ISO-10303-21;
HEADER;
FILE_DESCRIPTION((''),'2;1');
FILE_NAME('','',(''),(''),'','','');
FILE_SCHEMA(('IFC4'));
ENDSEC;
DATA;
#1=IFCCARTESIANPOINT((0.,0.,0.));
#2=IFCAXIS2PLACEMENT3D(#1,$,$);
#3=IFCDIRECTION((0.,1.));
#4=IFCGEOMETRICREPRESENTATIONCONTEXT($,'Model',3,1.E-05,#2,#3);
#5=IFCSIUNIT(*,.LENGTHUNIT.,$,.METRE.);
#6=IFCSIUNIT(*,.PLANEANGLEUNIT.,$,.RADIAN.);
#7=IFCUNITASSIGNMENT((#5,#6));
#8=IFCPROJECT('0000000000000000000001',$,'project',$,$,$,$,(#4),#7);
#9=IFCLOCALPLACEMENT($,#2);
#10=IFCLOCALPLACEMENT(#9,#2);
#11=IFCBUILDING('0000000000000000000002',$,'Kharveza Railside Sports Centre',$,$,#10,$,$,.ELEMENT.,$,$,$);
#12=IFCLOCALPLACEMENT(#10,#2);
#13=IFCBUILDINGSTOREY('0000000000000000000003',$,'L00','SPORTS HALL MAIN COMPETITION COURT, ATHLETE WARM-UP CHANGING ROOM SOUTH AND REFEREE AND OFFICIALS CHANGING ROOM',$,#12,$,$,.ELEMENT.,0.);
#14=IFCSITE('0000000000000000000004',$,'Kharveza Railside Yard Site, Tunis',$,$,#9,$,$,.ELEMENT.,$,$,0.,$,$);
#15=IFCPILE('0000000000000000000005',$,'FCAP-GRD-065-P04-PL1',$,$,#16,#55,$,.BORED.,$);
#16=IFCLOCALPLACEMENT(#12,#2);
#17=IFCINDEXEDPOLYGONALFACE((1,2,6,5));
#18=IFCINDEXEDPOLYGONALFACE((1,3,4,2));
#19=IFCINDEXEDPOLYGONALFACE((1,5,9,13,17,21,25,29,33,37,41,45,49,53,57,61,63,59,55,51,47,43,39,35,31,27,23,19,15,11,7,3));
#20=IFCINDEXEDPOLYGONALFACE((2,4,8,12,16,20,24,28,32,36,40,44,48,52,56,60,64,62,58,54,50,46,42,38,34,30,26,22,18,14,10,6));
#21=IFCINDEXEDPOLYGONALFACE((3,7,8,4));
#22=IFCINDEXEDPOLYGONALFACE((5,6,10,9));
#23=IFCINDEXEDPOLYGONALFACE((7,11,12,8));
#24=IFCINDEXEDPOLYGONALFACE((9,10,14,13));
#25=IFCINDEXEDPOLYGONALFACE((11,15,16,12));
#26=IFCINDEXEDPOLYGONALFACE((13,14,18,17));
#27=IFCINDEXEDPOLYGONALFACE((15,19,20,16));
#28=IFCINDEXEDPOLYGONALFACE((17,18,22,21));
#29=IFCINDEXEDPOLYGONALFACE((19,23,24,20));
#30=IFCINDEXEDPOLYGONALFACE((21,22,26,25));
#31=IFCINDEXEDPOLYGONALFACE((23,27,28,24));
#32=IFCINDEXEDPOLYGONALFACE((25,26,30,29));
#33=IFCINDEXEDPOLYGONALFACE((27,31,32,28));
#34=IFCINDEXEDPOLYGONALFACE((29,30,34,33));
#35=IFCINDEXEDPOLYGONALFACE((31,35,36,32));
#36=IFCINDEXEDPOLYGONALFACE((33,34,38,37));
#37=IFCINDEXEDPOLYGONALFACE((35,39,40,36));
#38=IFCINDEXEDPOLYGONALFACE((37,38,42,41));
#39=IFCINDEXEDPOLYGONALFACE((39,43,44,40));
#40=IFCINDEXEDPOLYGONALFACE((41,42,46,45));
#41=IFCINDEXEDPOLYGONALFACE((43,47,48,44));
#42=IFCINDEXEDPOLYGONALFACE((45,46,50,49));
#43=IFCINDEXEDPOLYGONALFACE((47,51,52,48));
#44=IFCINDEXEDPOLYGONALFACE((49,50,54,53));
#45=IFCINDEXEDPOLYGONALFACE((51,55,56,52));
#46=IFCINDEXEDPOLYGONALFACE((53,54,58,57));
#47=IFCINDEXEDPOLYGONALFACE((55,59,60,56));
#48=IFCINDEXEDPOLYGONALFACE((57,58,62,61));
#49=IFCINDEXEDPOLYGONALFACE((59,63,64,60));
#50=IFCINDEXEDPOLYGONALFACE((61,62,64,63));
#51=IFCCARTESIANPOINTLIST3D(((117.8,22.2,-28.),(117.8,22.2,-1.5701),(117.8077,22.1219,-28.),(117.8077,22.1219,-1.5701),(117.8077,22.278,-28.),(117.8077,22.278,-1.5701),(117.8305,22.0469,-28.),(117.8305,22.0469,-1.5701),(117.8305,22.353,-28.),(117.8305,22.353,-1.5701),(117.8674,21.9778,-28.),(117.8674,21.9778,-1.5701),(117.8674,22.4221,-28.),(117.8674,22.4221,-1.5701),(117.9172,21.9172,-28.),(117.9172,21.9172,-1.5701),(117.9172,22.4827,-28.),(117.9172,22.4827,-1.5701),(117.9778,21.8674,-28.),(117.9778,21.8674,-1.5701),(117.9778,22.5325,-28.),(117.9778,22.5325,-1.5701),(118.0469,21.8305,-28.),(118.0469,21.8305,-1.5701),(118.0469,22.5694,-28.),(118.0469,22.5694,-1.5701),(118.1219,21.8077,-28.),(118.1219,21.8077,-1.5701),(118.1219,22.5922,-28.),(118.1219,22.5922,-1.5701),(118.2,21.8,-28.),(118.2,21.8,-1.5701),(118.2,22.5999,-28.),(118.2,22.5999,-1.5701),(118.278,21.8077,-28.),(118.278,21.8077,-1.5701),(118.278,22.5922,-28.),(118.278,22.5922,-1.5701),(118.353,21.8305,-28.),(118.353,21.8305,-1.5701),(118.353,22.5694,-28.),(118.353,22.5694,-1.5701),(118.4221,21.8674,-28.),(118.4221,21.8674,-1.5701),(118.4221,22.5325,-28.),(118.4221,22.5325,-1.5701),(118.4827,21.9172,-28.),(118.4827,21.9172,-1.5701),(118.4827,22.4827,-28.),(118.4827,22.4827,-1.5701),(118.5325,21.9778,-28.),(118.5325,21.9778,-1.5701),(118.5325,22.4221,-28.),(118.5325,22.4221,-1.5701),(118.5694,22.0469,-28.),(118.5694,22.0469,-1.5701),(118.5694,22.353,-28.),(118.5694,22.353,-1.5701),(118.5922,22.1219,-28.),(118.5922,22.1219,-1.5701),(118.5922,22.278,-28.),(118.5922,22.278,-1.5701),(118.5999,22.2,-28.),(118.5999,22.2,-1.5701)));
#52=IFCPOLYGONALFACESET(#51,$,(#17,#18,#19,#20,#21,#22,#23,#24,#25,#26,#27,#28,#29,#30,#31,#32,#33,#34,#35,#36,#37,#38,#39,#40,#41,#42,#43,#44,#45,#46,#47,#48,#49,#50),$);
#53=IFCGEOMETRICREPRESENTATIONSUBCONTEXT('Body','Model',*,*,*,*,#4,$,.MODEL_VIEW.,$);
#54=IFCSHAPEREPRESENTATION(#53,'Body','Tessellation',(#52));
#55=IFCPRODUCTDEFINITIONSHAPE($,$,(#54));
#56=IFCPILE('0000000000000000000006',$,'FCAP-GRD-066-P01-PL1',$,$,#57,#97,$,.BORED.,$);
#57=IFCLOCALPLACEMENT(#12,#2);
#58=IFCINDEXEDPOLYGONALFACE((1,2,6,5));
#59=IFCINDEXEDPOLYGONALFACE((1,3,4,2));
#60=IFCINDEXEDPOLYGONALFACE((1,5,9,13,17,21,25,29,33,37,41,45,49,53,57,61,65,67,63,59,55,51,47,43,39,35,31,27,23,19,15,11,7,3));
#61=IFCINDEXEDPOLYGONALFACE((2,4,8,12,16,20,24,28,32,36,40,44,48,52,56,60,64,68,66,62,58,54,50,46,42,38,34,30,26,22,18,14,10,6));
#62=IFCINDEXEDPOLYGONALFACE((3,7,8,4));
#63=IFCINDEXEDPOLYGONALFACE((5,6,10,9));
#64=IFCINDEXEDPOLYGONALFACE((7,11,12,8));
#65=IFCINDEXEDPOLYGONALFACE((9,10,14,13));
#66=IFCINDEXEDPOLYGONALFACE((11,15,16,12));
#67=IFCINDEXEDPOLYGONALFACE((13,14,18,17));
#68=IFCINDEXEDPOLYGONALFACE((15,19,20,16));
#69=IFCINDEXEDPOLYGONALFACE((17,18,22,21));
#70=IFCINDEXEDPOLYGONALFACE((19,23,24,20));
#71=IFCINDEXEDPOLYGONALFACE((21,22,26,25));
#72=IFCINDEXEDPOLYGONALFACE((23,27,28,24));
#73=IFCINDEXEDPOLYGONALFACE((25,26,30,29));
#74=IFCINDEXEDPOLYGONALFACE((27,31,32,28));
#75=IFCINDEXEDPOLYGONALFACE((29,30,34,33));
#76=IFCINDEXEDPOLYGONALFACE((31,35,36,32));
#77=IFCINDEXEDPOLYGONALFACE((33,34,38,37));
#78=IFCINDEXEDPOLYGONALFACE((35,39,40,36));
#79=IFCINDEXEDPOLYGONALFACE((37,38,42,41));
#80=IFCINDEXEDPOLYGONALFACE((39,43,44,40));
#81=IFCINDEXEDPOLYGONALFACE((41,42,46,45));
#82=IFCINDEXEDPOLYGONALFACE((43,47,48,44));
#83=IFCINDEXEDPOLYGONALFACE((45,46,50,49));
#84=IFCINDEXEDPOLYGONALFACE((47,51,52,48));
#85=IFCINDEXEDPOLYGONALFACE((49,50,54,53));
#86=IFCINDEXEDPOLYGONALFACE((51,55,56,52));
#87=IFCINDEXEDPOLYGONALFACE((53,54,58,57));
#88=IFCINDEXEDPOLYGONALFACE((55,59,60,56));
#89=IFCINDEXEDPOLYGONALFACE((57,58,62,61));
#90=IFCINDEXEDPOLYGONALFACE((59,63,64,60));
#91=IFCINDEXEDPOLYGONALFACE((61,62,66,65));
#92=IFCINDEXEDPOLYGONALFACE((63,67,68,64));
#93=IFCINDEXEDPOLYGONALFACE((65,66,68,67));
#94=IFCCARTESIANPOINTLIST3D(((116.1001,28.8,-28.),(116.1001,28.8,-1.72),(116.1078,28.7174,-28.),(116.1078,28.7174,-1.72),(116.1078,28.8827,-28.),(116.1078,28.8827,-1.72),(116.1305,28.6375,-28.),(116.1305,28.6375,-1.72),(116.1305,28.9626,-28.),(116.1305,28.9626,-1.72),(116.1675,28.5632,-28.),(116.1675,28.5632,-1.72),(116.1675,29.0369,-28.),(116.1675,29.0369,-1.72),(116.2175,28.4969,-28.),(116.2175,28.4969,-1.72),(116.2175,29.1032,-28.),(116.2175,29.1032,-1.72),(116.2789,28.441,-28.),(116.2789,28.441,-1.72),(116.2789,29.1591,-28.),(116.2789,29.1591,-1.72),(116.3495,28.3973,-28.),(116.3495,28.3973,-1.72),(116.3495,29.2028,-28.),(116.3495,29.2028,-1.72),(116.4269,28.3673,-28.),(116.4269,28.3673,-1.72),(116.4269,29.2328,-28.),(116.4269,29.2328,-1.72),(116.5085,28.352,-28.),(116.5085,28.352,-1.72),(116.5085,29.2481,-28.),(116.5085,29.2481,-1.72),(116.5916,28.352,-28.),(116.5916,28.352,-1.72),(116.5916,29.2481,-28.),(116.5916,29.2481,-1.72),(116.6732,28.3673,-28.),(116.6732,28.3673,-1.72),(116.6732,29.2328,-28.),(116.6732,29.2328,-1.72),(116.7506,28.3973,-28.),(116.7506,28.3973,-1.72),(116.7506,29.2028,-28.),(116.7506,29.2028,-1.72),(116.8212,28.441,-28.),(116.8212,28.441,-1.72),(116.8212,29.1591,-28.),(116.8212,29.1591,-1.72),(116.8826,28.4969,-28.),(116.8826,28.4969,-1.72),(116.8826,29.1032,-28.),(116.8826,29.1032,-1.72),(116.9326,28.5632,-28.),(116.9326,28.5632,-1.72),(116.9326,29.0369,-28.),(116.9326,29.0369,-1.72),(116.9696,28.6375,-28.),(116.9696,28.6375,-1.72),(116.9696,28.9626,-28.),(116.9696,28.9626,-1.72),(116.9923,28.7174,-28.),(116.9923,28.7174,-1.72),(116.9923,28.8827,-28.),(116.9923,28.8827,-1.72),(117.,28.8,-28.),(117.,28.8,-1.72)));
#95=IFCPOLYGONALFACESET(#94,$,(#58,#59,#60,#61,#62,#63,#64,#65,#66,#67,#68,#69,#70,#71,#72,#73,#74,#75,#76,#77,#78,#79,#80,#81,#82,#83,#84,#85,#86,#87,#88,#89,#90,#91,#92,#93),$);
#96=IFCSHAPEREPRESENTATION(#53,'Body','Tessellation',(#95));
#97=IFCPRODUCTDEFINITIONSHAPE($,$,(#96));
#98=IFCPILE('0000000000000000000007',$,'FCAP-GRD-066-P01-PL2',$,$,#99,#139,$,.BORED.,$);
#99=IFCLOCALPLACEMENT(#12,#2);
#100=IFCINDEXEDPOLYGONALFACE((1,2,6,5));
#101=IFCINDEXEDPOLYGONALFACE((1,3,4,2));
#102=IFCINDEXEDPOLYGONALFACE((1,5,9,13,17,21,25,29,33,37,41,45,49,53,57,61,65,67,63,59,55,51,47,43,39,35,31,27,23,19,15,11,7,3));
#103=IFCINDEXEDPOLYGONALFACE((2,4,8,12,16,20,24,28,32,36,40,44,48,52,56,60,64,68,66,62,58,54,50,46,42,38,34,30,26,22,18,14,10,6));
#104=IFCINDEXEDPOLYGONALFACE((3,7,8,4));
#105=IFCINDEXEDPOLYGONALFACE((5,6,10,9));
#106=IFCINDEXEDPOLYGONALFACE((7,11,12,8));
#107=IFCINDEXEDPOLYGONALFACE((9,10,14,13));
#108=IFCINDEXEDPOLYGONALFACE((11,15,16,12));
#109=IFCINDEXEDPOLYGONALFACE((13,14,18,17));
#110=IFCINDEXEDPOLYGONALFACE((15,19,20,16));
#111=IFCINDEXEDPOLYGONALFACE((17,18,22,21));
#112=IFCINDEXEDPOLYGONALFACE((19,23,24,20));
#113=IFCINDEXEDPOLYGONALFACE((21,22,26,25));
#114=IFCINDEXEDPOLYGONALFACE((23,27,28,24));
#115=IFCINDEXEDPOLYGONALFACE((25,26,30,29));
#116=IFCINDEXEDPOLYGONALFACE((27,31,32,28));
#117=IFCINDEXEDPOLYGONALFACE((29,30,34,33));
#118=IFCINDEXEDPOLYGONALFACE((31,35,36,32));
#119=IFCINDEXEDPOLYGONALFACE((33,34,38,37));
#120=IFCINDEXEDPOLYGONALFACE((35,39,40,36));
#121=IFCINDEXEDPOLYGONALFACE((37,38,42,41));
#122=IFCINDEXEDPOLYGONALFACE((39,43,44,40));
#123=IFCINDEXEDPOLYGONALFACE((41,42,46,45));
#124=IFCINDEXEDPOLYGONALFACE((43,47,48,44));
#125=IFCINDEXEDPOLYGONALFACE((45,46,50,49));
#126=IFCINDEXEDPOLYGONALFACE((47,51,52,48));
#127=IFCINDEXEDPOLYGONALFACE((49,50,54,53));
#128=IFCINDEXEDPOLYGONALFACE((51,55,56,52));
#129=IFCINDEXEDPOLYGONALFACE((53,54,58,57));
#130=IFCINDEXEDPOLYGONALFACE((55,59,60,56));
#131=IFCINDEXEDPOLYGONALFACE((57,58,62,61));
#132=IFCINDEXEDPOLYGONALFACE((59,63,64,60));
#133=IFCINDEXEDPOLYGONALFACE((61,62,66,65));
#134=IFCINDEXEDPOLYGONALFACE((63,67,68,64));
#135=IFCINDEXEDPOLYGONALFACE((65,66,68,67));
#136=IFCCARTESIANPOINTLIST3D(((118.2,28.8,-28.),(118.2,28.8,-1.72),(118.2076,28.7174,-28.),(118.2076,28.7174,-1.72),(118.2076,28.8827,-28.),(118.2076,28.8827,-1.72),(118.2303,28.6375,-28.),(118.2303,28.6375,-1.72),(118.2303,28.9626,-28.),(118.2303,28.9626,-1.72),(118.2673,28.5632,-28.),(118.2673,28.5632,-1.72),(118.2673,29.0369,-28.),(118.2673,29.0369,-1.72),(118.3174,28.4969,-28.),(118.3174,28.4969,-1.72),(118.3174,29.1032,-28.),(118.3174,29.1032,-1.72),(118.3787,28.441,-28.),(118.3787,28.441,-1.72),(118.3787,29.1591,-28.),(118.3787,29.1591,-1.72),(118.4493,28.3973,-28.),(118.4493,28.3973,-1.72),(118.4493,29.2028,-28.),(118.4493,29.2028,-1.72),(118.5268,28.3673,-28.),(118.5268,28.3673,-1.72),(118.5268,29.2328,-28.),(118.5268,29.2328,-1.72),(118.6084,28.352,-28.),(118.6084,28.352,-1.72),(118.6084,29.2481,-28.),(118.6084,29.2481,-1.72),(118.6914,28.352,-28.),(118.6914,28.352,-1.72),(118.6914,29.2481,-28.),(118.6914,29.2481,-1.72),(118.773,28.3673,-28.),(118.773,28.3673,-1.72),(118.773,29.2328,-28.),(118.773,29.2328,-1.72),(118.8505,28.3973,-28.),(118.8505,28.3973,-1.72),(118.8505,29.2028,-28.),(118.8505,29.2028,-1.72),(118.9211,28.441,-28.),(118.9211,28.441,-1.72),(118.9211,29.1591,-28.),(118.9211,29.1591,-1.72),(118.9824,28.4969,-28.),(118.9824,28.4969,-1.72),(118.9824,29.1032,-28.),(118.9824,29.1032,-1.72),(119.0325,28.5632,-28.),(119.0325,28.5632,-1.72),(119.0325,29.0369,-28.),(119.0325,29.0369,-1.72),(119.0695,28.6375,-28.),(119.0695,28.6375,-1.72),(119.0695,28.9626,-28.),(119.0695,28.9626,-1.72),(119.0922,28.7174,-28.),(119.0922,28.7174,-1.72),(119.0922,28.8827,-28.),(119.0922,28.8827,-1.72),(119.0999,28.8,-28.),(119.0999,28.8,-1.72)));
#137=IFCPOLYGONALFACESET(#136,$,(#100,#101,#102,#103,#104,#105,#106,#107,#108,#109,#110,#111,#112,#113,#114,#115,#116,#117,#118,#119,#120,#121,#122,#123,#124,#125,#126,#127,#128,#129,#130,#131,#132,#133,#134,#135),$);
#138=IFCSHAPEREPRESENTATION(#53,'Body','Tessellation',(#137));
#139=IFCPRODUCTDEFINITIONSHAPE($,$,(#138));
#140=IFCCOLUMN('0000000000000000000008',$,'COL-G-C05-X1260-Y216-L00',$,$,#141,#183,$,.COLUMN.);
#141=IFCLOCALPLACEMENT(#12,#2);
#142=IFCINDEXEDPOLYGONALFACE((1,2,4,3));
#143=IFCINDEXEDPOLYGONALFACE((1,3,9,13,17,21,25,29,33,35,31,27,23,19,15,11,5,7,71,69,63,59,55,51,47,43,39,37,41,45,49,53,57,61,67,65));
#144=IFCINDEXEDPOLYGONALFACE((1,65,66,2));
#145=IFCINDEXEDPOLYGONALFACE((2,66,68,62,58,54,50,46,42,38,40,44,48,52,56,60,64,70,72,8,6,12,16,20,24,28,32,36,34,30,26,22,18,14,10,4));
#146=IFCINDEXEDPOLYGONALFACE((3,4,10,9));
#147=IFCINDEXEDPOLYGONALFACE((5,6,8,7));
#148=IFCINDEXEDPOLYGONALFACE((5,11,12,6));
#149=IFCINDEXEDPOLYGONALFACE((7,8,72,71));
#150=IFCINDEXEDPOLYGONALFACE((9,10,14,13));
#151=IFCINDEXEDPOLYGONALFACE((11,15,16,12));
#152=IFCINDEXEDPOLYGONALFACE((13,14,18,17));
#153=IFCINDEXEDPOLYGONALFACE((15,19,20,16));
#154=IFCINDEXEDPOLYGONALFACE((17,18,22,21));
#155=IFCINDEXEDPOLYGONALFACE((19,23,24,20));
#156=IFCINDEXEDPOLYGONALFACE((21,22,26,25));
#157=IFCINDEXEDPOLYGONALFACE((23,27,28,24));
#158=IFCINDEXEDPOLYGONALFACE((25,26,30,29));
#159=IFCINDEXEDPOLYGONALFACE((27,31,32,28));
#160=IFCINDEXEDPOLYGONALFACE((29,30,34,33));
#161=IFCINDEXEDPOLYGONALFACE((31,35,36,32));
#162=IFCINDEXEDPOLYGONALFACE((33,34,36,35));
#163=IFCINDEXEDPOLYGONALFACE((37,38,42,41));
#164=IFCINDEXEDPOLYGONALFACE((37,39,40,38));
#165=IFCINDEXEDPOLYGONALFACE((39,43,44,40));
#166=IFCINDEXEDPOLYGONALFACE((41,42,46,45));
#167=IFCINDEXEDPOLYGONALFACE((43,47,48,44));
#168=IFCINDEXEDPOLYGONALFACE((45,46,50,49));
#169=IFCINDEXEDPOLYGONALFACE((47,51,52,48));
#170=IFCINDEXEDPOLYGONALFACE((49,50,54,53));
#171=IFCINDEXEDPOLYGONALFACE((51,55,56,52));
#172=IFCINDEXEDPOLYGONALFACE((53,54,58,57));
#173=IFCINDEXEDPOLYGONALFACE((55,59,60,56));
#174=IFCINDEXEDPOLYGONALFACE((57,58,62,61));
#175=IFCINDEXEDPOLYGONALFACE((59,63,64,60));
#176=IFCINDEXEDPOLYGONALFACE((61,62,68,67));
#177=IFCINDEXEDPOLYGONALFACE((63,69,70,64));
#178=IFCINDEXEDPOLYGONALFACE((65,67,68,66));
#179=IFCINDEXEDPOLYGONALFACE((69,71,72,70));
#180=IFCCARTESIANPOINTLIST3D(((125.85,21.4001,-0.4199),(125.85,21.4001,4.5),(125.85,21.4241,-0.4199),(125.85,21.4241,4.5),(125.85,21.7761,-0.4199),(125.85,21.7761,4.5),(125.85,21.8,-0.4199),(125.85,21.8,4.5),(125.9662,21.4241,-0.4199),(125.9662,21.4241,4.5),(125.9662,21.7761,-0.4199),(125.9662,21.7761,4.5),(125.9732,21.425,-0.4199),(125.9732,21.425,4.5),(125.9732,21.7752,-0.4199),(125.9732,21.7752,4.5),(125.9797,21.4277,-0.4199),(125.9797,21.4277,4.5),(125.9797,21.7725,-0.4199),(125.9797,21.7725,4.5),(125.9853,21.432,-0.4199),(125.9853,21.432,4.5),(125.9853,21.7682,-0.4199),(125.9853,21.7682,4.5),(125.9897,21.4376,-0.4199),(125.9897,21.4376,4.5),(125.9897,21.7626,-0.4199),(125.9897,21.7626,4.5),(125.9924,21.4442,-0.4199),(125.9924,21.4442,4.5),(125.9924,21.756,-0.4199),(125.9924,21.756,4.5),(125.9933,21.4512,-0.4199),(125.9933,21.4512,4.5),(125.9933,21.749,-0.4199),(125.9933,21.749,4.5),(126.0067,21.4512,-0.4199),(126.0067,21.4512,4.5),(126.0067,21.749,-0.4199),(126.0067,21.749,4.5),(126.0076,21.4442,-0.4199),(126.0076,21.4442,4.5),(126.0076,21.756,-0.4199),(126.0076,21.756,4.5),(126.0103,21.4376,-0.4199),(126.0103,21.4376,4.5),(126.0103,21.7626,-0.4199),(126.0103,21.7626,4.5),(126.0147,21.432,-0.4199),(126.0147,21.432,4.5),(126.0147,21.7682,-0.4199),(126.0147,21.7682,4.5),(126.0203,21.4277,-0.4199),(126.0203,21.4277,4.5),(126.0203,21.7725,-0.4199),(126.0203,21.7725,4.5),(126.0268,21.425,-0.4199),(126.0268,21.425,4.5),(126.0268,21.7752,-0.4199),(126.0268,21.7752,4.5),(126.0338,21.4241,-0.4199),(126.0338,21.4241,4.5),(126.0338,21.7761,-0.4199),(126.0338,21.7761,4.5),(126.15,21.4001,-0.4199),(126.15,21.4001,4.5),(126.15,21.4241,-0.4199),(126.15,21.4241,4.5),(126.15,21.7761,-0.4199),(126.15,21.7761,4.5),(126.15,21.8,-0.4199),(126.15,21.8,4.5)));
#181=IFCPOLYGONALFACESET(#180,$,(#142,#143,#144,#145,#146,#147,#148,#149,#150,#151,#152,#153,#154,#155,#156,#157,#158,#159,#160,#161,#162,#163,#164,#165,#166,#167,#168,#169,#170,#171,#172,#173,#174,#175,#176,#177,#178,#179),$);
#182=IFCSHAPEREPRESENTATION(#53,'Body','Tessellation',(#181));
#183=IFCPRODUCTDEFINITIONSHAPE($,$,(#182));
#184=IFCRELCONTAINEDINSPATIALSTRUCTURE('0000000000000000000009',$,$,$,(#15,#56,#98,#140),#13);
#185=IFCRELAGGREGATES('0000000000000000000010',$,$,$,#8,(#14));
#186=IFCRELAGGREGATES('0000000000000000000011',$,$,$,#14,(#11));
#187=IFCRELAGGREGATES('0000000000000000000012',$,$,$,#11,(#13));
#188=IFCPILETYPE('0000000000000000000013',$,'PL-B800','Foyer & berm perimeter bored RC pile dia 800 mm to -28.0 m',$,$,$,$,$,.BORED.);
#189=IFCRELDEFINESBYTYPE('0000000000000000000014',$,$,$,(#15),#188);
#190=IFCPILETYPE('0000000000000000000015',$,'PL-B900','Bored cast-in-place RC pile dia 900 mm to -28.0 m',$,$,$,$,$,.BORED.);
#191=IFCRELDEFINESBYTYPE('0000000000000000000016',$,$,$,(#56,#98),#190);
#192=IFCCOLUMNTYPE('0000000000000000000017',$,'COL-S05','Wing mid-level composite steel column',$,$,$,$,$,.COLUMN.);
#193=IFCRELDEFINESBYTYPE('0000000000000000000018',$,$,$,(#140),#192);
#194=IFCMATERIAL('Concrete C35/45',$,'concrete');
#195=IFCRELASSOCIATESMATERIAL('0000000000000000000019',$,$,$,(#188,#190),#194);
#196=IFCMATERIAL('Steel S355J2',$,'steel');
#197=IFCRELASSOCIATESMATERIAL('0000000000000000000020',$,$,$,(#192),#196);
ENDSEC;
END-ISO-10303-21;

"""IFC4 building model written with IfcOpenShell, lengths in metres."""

from ifc_helpers import new_model, si_unit, direction, frame, origin, origin_2d, place, context, subcontext, project, spatial, circle, i_section, extrude, material, material_profile, profile_set, type_object, element, save


model = new_model("IFC4")

# Units and contexts
model_context = context("Model", 3, precision=1e-05, world=origin(), true_north=direction((0.0, 1.0)))
body_context = subcontext(model_context, "Body", "Model", "MODEL_VIEW")
ifc_project = project(units=[si_unit("LENGTHUNIT", "METRE"), si_unit("PLANEANGLEUNIT", "RADIAN")], contexts=[model_context])

# Site, building, storey
site_placement = place(None, origin())
site = spatial("IfcSite", under=ifc_project, at=site_placement, Name="Kharveza Railside Yard Site, Tunis", CompositionType="ELEMENT", RefElevation=0.0)
building_placement = place(site_placement, origin())
building = spatial("IfcBuilding", under=site, at=building_placement, Name="Kharveza Railside Sports Centre", CompositionType="ELEMENT")
storey_placement = place(building_placement, origin())
storey = spatial("IfcBuildingStorey", under=building, at=storey_placement, Name="L00", Description="SPORTS HALL MAIN COMPETITION COURT, ATHLETE WARM-UP CHANGING ROOM SOUTH AND REFEREE AND OFFICIALS CHANGING ROOM", CompositionType="ELEMENT", Elevation=0.0)

# Shared definitions
ifc_material_1 = material(Name="Concrete C35/45", Category="concrete")

# Piles
ifc_material_profile_1 = material_profile(ifc_material_1, circle(Radius=0.3999, at=origin_2d()), Name="PILE D800")
ifc_profile_set_1 = profile_set([ifc_material_profile_1], Name="Concrete C35/45")
pile_type_1 = type_object("IfcPileType", Name="PL-B800", Description="Foyer & berm perimeter bored RC pile dia 800 mm to -28.0 m", PredefinedType="BORED", material=ifc_profile_set_1)
pile_1_placement = place(storey_placement, frame((118.2, 22.2, -1.5701), z_axis=(0.0, 0.0, -1.0), x_axis=(1.0, 0.0, 0.0)))
element("IfcPile", 1, at=pile_1_placement, inside=storey, type_object=pile_type_1, Name="FCAP-GRD-065-P04-PL1", PredefinedType="BORED", context=body_context, shape_type="SweptSolid", body=[
    extrude(circle(Radius=0.3999, at=origin_2d()), origin(), (0.0, 0.0, 1.0), 26.4299),
])
ifc_material_profile_2 = material_profile(ifc_material_1, circle(Radius=0.45, at=origin_2d()), Name="PILE D900")
ifc_profile_set_2 = profile_set([ifc_material_profile_2], Name="Concrete C35/45")
pile_type_2 = type_object("IfcPileType", Name="PL-B900", Description="Bored cast-in-place RC pile dia 900 mm to -28.0 m", PredefinedType="BORED", material=ifc_profile_set_2)
for number, where, z_axis, x_axis, name in (
    (2, (116.55, 28.8, -1.72), (0.0, 0.0, -1.0), (1.0, 0.0, 0.0), "FCAP-GRD-066-P01-PL1"),
    (3, (118.6499, 28.8, -1.72), (0.0, 0.0, -1.0), (1.0, 0.0, 0.0), "FCAP-GRD-066-P01-PL2"),
):
    element("IfcPile", number, at=place(storey_placement, frame(where, z_axis=z_axis, x_axis=x_axis)), inside=storey, type_object=pile_type_2, Name=name, PredefinedType="BORED", context=body_context, shape_type="SweptSolid", body=[
        extrude(circle(Radius=0.45, at=origin_2d()), origin(), (0.0, 0.0, 1.0), 26.28),
    ])

# Column
ifc_material_2 = material(Name="Steel S355J2", Category="steel")
ifc_material_profile_3 = material_profile(ifc_material_2, i_section(OverallWidth=0.3, OverallDepth=0.3999, WebThickness=0.0134, FlangeThickness=0.0239, FilletRadius=0.0271, at=origin_2d()), Name="HEB 400")
ifc_profile_set_3 = profile_set([ifc_material_profile_3], Name="Steel S355J2")
column_type_1 = type_object("IfcColumnType", Name="COL-S05", Description="Wing mid-level composite steel column", PredefinedType="COLUMN", material=ifc_profile_set_3)
column_placement = place(storey_placement, frame((126.0, 21.6001, -0.4199), z_axis=(0.0, 0.0, 1.0), x_axis=(1.0, 0.0, 0.0)))
element("IfcColumn", 4, at=column_placement, inside=storey, type_object=column_type_1, Name="COL-G-C05-X1260-Y216-L00", PredefinedType="COLUMN", context=body_context, shape_type="SweptSolid", body=[
    extrude(i_section(OverallWidth=0.3, OverallDepth=0.3999, WebThickness=0.0134, FlangeThickness=0.0239, FilletRadius=0.0271, at=origin_2d()), origin(), (0.0, 0.0, 1.0), 4.9199),
])

save(model, "model.ifc")
